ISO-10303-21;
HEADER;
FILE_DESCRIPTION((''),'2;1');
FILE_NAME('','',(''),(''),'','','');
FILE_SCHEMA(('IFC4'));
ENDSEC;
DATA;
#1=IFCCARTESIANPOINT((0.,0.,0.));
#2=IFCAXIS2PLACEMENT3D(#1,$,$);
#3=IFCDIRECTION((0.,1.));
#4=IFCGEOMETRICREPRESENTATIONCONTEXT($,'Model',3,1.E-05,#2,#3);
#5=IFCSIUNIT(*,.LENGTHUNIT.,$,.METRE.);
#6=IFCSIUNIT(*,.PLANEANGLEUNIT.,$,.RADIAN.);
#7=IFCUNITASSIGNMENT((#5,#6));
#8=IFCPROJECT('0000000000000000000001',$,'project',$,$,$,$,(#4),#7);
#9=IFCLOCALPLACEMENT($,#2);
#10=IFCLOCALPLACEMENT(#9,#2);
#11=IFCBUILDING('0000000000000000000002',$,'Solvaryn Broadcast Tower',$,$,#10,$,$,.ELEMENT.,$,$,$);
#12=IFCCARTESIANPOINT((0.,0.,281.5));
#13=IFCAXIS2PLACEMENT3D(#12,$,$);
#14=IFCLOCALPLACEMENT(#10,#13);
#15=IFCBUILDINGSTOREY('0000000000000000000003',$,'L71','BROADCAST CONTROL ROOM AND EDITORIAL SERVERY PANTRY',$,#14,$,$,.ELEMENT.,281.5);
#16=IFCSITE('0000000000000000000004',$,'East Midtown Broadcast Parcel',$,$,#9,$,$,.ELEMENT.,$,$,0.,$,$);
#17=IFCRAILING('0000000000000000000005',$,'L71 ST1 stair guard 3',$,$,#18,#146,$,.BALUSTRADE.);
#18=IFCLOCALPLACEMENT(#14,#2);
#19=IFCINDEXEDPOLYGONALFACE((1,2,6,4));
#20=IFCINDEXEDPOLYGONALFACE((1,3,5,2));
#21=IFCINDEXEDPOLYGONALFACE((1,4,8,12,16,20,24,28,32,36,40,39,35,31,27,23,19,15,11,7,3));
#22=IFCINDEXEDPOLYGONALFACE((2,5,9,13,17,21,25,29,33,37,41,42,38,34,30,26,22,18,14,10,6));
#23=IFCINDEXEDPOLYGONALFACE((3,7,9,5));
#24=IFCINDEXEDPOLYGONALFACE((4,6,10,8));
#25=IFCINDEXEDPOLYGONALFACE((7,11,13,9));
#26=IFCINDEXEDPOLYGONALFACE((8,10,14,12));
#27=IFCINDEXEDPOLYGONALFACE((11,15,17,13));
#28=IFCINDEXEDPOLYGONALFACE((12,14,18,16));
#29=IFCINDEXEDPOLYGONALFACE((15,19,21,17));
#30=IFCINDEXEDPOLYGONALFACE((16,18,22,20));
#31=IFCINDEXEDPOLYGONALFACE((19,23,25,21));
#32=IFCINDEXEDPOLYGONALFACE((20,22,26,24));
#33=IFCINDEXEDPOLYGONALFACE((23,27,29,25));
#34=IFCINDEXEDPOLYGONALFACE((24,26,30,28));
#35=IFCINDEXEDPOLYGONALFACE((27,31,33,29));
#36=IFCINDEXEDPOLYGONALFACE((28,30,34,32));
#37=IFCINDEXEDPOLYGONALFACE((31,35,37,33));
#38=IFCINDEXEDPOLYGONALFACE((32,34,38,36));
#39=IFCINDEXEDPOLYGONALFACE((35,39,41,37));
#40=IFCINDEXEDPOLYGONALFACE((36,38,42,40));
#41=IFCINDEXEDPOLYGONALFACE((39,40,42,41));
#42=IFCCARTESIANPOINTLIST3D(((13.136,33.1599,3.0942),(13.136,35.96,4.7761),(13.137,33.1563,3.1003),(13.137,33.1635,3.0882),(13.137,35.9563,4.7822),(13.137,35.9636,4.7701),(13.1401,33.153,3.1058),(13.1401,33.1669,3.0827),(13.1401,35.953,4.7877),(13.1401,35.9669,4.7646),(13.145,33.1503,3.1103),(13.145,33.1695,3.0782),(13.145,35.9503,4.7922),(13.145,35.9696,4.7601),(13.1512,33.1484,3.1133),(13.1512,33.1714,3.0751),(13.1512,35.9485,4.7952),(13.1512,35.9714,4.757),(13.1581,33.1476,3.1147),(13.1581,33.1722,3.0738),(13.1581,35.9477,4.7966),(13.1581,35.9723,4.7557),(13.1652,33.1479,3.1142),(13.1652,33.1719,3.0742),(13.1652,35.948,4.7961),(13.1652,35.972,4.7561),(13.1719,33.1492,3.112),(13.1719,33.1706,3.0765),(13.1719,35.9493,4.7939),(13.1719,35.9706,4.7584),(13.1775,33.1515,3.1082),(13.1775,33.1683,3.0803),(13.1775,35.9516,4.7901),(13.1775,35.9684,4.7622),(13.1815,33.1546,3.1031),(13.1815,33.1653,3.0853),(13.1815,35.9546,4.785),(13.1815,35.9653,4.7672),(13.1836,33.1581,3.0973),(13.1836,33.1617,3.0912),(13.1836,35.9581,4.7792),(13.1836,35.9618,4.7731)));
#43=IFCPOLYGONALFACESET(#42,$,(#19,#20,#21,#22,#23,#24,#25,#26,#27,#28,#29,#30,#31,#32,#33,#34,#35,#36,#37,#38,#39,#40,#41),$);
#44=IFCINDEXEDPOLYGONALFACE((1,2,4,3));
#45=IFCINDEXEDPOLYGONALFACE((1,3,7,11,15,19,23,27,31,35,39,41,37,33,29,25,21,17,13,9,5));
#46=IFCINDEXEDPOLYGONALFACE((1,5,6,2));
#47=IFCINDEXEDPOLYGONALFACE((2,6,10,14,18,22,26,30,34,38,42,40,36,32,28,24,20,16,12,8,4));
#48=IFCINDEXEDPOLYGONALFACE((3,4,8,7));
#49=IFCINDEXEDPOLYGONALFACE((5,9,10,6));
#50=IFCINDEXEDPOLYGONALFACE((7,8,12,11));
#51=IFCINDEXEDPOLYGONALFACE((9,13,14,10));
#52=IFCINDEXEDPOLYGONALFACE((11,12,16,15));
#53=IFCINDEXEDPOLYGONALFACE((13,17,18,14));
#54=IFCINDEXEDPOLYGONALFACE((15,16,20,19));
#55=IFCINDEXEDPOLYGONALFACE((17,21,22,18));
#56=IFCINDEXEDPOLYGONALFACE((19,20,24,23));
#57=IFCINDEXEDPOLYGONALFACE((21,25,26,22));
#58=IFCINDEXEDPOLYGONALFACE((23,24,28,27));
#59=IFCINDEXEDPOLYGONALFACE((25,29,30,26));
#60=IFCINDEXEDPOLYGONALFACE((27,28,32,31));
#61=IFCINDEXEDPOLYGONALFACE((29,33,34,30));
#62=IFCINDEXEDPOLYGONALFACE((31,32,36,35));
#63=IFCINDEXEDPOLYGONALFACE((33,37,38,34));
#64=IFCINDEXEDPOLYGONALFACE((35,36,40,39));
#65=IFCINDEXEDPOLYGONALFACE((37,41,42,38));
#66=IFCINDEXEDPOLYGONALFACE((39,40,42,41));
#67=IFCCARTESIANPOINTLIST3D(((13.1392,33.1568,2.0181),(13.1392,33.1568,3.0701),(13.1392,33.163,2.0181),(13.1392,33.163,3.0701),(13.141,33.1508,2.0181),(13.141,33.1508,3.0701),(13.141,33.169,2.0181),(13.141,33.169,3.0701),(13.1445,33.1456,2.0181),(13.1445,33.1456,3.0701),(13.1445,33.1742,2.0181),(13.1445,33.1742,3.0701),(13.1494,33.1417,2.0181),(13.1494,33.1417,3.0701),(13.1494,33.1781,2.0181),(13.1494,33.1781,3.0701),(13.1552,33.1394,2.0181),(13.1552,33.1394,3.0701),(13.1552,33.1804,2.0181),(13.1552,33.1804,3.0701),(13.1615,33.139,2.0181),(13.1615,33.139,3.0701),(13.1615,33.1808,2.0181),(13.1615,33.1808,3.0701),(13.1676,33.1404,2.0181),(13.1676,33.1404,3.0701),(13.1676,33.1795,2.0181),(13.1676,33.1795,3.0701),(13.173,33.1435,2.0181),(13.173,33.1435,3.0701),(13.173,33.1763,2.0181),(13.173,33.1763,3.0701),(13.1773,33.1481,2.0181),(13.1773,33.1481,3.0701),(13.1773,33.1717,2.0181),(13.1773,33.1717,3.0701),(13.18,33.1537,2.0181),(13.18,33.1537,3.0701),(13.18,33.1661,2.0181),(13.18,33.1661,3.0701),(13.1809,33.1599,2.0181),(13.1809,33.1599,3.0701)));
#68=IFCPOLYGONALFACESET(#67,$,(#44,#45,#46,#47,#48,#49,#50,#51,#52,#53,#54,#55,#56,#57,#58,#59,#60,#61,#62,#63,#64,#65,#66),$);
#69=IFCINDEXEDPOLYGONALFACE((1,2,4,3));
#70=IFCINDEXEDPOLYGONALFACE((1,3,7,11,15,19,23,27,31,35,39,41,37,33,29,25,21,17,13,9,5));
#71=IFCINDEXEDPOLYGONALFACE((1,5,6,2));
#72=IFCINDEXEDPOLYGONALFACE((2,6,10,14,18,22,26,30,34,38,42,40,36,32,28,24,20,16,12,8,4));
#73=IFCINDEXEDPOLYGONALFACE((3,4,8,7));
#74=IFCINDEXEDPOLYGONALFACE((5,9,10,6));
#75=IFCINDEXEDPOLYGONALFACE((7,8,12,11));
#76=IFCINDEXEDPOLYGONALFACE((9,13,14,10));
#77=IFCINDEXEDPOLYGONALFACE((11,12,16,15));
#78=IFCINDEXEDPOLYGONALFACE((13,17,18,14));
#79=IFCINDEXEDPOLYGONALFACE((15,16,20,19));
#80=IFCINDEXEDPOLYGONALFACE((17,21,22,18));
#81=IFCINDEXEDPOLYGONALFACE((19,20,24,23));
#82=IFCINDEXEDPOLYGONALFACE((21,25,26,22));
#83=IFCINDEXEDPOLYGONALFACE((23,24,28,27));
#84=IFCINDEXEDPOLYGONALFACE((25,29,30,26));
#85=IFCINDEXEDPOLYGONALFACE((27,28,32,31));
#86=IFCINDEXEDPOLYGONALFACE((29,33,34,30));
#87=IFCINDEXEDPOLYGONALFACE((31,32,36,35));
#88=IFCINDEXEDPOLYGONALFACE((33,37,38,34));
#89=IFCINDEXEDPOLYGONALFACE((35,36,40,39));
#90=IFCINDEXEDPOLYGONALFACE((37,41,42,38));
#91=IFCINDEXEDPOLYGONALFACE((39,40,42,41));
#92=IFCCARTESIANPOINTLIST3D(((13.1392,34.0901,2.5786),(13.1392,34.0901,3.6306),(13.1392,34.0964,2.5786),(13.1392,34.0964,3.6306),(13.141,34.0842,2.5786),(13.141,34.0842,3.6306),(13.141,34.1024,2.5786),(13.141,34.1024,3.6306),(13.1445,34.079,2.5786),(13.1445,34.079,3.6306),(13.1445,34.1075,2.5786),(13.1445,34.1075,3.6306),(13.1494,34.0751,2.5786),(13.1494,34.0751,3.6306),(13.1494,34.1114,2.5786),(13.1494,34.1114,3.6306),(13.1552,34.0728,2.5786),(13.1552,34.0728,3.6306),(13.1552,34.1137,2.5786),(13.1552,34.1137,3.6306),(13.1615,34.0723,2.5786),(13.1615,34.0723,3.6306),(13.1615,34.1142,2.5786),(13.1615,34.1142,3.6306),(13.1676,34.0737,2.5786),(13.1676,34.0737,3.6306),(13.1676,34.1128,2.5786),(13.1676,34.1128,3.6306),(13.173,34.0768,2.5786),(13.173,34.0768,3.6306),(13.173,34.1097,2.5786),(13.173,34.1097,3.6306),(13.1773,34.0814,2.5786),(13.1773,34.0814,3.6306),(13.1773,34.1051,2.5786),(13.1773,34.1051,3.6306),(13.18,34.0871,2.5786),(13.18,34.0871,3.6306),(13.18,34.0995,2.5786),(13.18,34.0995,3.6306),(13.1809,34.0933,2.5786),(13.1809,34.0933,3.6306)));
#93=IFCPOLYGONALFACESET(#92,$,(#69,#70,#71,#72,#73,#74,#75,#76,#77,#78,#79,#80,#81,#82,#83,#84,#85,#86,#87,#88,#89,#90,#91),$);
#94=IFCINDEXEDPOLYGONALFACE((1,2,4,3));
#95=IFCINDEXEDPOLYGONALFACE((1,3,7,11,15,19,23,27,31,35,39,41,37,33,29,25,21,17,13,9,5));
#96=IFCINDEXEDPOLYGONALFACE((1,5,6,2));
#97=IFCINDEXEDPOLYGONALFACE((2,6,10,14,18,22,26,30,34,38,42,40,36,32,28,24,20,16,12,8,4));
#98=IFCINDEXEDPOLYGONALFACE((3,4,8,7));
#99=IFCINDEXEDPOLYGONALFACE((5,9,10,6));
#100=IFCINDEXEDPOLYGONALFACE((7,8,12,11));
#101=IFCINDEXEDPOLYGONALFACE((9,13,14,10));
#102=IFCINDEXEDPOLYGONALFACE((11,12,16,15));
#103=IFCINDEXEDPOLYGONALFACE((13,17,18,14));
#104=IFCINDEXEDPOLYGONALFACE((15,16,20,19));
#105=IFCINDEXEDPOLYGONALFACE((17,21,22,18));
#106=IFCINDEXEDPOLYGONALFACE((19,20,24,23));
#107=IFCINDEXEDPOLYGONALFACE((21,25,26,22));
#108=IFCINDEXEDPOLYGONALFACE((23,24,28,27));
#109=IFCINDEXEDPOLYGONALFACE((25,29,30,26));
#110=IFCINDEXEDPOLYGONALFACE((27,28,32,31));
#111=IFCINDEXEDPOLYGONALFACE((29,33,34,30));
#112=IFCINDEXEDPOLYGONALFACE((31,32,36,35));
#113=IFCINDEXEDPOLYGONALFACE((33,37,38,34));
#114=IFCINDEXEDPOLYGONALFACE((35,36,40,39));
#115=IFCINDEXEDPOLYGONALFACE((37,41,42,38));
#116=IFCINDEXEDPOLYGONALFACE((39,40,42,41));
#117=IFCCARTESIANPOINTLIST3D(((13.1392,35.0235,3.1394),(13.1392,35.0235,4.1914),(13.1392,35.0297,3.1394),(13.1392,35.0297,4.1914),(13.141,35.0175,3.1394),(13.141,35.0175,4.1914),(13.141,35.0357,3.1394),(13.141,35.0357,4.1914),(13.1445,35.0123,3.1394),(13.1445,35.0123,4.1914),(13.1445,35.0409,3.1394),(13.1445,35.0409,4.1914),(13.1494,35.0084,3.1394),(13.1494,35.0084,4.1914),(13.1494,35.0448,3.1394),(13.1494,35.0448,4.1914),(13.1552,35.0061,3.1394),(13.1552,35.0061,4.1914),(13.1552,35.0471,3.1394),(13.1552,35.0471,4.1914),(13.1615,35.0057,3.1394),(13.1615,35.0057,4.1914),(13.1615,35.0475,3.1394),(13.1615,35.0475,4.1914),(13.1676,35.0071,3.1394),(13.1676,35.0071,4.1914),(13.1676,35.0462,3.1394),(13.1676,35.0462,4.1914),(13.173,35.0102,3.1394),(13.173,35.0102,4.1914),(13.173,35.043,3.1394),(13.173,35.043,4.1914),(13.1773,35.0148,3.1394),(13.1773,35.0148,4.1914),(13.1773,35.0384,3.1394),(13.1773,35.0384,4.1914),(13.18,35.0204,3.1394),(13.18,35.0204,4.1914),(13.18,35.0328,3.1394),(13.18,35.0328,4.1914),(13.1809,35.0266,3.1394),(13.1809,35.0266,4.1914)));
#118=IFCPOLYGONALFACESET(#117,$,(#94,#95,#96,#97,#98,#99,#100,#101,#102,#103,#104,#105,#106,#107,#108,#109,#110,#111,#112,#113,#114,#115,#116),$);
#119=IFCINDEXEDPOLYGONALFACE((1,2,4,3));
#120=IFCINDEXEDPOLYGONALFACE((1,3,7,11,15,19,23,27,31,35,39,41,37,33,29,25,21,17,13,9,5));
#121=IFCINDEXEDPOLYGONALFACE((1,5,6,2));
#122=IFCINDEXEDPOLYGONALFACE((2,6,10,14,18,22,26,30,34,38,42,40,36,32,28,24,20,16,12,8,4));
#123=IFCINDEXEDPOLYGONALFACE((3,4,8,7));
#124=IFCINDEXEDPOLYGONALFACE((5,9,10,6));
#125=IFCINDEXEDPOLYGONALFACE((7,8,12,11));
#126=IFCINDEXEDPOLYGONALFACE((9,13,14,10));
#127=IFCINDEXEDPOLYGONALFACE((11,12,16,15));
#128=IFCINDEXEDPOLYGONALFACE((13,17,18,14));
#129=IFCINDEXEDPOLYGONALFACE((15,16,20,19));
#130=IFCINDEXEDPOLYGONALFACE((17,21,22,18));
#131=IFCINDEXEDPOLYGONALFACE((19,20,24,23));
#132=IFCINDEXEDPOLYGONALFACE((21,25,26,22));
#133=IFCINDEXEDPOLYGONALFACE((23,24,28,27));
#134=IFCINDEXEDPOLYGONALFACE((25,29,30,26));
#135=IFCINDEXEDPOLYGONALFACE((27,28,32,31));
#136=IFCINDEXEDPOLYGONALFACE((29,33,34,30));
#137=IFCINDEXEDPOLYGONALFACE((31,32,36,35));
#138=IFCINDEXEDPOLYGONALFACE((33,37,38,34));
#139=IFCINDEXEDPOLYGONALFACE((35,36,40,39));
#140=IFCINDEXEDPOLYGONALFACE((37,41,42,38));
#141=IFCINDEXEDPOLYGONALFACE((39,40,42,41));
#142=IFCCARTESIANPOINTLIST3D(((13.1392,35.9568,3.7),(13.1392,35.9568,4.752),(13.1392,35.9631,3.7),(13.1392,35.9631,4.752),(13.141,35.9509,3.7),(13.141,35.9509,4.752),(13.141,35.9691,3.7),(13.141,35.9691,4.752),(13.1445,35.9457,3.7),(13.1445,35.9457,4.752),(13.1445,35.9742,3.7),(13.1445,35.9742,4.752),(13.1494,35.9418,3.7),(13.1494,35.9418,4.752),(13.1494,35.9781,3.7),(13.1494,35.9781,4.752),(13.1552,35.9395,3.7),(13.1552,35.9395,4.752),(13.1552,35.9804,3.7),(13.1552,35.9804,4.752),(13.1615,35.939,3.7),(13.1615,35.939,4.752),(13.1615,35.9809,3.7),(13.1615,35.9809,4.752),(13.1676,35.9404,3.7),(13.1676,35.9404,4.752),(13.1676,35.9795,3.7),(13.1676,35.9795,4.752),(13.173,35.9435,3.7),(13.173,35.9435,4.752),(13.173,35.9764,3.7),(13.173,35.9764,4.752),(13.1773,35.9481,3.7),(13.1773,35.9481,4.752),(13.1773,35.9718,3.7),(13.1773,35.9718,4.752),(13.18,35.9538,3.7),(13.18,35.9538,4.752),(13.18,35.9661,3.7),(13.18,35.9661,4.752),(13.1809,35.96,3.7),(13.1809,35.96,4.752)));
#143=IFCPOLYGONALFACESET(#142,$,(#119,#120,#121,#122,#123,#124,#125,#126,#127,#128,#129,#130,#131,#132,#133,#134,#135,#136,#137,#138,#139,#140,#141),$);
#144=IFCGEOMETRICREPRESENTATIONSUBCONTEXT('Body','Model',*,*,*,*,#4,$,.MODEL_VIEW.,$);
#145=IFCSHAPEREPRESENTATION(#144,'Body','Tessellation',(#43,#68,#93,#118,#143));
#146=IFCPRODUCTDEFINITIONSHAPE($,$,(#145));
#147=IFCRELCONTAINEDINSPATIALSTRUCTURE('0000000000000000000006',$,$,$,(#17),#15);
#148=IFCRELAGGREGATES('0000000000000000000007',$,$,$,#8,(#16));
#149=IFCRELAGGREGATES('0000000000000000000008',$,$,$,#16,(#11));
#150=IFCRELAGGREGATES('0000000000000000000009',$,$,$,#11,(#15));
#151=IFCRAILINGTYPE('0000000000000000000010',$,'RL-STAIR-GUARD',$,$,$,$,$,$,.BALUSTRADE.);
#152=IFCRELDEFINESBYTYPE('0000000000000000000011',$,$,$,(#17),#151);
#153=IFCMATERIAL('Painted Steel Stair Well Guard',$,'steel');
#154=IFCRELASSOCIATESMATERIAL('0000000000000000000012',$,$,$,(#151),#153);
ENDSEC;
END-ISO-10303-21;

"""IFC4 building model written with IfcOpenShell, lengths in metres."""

from ifc_helpers import new_model, si_unit, direction, frame, origin, origin_2d, place, context, subcontext, project, spatial, circle, extrude, material, type_object, element, save


model = new_model("IFC4")

# Units and contexts
model_context = context("Model", 3, precision=1e-05, world=origin(), true_north=direction((0.0, 1.0)))
body_context = subcontext(model_context, "Body", "Model", "MODEL_VIEW")
ifc_project = project(units=[si_unit("LENGTHUNIT", "METRE"), si_unit("PLANEANGLEUNIT", "RADIAN")], contexts=[model_context])

# Site, building, storey
site_placement = place(None, origin())
site = spatial("IfcSite", under=ifc_project, at=site_placement, Name="East Midtown Broadcast Parcel", CompositionType="ELEMENT", RefElevation=0.0)
building_placement = place(site_placement, origin())
building = spatial("IfcBuilding", under=site, at=building_placement, Name="Solvaryn Broadcast Tower", CompositionType="ELEMENT")
storey_placement = place(building_placement, frame((0.0, 0.0, 281.5)))
storey = spatial("IfcBuildingStorey", under=building, at=storey_placement, Name="L71", Description="BROADCAST CONTROL ROOM AND EDITORIAL SERVERY PANTRY", CompositionType="ELEMENT", Elevation=281.5)

# Railing
ifc_material_1 = material(Name="Painted Steel Stair Well Guard", Category="steel")
railing_type_1 = type_object("IfcRailingType", Name="RL-STAIR-GUARD", PredefinedType="BALUSTRADE", material=ifc_material_1)
railing_1_placement = place(storey_placement, frame((13.1599, 33.1599, 2.0181)))
element("IfcRailing", 1, at=railing_1_placement, inside=storey, type_object=railing_type_1, Name="L71 ST1 stair guard 3", PredefinedType="BALUSTRADE", context=body_context, shape_type="SweptSolid", body=[
    extrude(circle(Radius=0.0239, at=origin_2d()), frame((0.0, 0.0, 1.0762), z_axis=(0.0, 0.857242, 0.514913), x_axis=(-1.0, 0.0, 0.0)), (0.0, 0.0, 1.0), 3.2664),
    extrude(circle(Radius=0.021, at=origin_2d()), origin(), (0.0, 0.0, 1.0), 1.052),
    extrude(circle(Radius=0.021, at=origin_2d()), frame((0.0, 0.9333, 0.5605)), (0.0, 0.0, 1.0), 1.052),
    extrude(circle(Radius=0.021, at=origin_2d()), frame((0.0, 1.8667, 1.1213)), (0.0, 0.0, 1.0), 1.052),
    extrude(circle(Radius=0.021, at=origin_2d()), frame((0.0, 2.8, 1.6819)), (0.0, 0.0, 1.0), 1.052),
])

save(model, "model.ifc")
